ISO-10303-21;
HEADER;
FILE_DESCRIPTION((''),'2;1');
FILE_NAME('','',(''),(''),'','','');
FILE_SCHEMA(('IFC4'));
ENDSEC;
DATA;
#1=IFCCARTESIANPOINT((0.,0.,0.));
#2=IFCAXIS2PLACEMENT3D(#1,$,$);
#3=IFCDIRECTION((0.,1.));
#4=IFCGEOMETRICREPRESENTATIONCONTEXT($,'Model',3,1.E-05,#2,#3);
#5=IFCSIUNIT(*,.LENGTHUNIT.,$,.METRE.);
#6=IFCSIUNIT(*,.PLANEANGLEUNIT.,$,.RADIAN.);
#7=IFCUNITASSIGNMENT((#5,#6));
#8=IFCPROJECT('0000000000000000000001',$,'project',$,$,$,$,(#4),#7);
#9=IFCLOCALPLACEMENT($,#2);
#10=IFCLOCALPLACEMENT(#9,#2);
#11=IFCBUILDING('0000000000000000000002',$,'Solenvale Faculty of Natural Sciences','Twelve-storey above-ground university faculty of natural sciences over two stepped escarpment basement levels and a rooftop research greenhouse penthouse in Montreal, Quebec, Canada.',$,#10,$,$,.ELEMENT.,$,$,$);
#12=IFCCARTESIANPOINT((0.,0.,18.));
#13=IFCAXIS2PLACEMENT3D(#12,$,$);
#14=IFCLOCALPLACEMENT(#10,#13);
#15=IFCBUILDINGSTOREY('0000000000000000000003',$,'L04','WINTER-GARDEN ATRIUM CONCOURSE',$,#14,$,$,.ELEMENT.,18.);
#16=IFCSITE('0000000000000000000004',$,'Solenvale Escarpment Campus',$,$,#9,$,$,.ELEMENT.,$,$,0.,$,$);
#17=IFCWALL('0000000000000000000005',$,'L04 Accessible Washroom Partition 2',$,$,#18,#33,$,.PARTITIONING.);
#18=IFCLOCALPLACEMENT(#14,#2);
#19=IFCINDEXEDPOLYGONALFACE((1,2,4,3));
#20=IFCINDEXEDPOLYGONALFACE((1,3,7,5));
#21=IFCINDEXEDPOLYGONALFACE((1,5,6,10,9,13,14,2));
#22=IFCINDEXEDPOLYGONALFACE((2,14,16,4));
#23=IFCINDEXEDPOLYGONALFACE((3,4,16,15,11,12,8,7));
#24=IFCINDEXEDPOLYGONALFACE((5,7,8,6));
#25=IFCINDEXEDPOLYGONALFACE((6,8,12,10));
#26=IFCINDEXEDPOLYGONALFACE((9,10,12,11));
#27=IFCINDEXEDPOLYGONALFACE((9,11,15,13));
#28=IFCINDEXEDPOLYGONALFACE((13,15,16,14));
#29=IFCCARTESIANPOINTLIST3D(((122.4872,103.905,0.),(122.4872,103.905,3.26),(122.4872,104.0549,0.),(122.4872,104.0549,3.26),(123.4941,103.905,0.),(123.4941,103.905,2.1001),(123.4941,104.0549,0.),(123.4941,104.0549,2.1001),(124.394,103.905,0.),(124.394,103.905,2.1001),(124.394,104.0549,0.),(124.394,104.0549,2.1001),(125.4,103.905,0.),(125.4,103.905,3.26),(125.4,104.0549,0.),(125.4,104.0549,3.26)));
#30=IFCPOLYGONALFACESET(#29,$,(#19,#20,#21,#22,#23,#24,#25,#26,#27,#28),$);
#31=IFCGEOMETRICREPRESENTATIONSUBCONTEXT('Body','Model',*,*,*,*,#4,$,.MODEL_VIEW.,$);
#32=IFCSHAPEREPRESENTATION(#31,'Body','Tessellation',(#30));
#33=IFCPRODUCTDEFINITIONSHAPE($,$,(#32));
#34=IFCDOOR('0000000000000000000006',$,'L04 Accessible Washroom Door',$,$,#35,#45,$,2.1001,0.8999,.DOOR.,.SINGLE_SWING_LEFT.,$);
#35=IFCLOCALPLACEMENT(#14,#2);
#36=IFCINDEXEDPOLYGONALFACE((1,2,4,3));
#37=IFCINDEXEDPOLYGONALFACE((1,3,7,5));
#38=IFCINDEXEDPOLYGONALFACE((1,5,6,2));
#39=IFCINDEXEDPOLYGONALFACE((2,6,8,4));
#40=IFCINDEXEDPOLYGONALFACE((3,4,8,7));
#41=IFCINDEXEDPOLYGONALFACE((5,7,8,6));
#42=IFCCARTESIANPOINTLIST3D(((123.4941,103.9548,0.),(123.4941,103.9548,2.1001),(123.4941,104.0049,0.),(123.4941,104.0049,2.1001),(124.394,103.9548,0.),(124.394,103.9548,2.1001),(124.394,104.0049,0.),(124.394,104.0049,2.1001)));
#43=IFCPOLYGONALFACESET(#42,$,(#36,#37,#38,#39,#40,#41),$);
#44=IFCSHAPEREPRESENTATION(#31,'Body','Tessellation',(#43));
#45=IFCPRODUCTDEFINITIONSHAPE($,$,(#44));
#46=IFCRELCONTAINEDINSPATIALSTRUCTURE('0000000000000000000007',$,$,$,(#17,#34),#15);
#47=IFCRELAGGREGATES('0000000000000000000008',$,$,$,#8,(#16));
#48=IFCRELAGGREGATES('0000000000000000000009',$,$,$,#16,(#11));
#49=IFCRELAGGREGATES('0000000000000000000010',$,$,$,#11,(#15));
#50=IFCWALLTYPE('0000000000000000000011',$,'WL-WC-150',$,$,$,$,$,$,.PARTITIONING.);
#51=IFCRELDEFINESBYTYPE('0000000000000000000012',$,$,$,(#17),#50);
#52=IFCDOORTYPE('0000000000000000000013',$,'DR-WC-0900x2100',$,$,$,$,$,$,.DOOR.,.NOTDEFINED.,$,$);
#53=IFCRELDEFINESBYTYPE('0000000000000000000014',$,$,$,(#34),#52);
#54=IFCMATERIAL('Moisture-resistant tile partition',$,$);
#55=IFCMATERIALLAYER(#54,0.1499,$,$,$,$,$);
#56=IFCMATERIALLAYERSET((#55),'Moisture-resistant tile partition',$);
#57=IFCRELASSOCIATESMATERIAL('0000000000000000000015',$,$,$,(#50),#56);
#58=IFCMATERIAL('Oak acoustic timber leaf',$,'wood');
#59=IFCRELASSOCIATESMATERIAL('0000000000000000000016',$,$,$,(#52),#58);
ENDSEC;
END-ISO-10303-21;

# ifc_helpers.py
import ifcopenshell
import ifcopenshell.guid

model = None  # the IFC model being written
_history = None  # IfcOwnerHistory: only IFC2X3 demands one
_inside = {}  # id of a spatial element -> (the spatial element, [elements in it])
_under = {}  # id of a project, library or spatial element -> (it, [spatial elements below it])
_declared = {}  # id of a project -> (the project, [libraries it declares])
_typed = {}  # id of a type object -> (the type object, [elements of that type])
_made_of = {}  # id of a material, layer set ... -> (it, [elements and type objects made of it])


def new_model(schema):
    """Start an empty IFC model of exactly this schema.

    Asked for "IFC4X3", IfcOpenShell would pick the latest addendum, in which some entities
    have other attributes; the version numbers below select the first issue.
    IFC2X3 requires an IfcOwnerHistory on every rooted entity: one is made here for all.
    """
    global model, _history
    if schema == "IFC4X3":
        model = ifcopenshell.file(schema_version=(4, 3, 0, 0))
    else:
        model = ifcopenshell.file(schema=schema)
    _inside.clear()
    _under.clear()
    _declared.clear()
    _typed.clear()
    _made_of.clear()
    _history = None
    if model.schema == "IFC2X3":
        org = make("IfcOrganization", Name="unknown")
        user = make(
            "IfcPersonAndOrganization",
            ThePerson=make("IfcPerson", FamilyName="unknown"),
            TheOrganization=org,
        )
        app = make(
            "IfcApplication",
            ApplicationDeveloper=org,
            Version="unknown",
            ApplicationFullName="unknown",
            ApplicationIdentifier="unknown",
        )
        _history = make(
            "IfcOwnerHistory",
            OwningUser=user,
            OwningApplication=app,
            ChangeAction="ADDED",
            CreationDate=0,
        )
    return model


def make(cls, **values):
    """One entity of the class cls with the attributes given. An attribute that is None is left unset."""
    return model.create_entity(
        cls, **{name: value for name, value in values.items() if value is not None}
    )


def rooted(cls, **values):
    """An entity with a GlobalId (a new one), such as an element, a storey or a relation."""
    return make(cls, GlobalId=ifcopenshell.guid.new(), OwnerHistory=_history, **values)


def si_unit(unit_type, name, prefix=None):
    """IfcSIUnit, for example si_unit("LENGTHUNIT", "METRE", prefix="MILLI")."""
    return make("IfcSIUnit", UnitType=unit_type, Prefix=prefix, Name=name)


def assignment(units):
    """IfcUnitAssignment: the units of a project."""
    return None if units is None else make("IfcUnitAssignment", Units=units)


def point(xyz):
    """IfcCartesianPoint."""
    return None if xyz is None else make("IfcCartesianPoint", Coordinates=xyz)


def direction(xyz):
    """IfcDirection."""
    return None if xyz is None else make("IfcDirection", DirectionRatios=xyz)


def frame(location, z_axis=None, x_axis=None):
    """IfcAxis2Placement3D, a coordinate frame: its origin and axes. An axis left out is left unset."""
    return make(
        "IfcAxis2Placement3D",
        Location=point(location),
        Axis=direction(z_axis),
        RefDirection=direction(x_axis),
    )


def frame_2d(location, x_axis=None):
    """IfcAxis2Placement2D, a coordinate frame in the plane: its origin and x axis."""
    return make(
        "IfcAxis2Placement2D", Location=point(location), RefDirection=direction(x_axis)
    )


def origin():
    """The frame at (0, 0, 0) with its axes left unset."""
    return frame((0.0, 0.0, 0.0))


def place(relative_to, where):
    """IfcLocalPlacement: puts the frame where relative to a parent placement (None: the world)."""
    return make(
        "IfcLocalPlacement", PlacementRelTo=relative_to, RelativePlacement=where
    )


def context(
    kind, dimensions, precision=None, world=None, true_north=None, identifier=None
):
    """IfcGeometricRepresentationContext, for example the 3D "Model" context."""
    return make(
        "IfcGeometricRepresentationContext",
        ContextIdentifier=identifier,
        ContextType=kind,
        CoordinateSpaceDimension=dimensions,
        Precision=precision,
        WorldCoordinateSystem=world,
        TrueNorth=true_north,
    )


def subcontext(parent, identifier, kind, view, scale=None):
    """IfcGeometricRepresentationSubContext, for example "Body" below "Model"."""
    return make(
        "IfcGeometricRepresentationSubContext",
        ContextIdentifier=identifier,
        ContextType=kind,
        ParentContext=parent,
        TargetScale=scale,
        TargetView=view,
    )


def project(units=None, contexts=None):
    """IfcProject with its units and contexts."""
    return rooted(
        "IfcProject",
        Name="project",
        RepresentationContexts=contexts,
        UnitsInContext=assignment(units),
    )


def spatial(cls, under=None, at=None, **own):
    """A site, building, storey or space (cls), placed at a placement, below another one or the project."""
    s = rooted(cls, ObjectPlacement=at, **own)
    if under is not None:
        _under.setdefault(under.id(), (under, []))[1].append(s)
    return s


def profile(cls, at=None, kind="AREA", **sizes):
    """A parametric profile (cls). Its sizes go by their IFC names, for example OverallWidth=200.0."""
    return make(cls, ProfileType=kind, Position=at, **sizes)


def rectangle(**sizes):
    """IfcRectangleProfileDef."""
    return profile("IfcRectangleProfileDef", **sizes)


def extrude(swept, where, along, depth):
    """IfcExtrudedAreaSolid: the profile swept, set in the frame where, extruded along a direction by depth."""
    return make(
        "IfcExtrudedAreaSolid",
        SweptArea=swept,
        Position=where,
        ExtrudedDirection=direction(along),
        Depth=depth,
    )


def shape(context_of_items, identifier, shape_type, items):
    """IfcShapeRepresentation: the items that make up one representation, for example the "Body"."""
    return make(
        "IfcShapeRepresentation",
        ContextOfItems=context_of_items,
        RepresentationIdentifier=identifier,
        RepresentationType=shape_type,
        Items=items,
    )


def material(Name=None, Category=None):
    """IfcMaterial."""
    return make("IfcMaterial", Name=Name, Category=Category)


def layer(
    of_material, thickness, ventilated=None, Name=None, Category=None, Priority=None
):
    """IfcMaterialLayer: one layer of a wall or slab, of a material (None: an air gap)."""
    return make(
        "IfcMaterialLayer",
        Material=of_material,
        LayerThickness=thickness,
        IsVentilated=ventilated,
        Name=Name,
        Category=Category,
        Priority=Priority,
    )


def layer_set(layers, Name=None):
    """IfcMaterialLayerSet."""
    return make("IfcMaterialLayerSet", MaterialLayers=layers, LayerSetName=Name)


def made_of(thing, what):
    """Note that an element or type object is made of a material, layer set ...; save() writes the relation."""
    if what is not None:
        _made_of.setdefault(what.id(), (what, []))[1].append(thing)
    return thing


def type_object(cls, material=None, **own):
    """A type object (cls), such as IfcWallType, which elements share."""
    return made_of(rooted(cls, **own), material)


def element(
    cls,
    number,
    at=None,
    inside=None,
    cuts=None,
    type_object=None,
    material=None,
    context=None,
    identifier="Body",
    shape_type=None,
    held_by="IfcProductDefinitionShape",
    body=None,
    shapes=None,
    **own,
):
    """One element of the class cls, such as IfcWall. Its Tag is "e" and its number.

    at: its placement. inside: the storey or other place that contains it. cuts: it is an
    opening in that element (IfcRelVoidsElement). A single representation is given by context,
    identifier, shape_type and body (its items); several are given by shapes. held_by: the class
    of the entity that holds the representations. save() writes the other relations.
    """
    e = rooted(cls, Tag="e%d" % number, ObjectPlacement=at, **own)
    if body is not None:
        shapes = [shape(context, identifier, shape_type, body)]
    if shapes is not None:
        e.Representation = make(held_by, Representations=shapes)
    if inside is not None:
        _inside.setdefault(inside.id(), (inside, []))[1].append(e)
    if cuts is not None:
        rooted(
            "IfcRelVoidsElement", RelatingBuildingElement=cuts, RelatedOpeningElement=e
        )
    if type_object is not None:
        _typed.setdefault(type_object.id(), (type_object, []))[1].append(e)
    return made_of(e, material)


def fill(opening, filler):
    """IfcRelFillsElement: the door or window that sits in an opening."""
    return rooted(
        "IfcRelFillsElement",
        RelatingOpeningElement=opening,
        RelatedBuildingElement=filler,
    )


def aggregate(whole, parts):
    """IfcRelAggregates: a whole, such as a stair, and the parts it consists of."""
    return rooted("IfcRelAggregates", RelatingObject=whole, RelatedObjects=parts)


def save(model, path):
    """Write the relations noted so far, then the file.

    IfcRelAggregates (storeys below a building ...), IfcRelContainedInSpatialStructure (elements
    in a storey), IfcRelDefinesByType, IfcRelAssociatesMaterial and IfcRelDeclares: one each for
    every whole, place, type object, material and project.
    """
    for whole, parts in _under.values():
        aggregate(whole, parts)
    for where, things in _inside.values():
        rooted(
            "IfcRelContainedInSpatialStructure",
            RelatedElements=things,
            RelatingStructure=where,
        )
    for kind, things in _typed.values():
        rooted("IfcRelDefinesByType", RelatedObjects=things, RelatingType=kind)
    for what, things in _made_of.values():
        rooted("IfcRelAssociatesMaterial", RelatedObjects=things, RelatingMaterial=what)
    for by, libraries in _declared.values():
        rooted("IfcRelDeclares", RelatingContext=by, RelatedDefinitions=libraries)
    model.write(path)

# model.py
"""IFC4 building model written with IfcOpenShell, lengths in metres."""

from ifc_helpers import new_model, si_unit, direction, frame, frame_2d, origin, place, context, subcontext, project, spatial, rectangle, extrude, material, layer, layer_set, type_object, element, fill, save


model = new_model("IFC4")

# Units and contexts
model_context = context("Model", 3, precision=1e-05, world=origin(), true_north=direction((0.0, 1.0)))
body_context = subcontext(model_context, "Body", "Model", "MODEL_VIEW")
ifc_project = project(units=[si_unit("LENGTHUNIT", "METRE"), si_unit("PLANEANGLEUNIT", "RADIAN")], contexts=[model_context])

# Site, building, storey
site_placement = place(None, origin())
site = spatial("IfcSite", under=ifc_project, at=site_placement, Name="Solenvale Escarpment Campus", CompositionType="ELEMENT", RefElevation=0.0)
building_placement = place(site_placement, origin())
building = spatial("IfcBuilding", under=site, at=building_placement, Name="Solenvale Faculty of Natural Sciences", Description="Twelve-storey above-ground university faculty of natural sciences over two stepped escarpment basement levels and a rooftop research greenhouse penthouse in Montreal, Quebec, Canada.", CompositionType="ELEMENT")
storey_placement = place(building_placement, frame((0.0, 0.0, 18.0)))
storey = spatial("IfcBuildingStorey", under=building, at=storey_placement, Name="L04", Description="WINTER-GARDEN ATRIUM CONCOURSE", CompositionType="ELEMENT", Elevation=18.0)

# Wall, opening, door
ifc_material_1 = material(Name="Oak acoustic timber leaf", Category="wood")
ifc_material_2 = material(Name="Moisture-resistant tile partition")
ifc_layer_1 = layer(ifc_material_2, 0.1499)
ifc_layer_set_1 = layer_set([ifc_layer_1], Name="Moisture-resistant tile partition")
wall_type_1 = type_object("IfcWallType", Name="WL-WC-150", PredefinedType="PARTITIONING", material=ifc_layer_set_1)
wall_1_placement = place(storey_placement, frame((122.4871, 103.98, 0.0), z_axis=(0.0, 0.0, 1.0), x_axis=(1.0, 0.0, 0.0)))
wall_1 = element("IfcWall", 1, at=wall_1_placement, inside=storey, type_object=wall_type_1, Name="L04 Accessible Washroom Partition 2", PredefinedType="PARTITIONING", context=body_context, shape_type="SweptSolid", body=[
    extrude(rectangle(XDim=2.9128, YDim=0.1499, at=frame_2d((1.4565, 0.0))), origin(), (0.0, 0.0, 1.0), 3.26),
])
opening_1_placement = place(wall_1_placement, frame((1.0071, 0.0, 0.0)))
opening_1 = element("IfcOpeningElement", 2, at=opening_1_placement, cuts=wall_1, PredefinedType="OPENING", context=body_context, shape_type="SweptSolid", body=[
    extrude(rectangle(XDim=0.8999, YDim=2.1001, at=frame_2d((0.45, 1.05))), frame((0.0, 0.085, 0.0), z_axis=(0.0, -1.0, 0.0), x_axis=(1.0, 0.0, 0.0)), (0.0, 0.0, 1.0), 0.1699),
])
door_type_1 = type_object("IfcDoorType", Name="DR-WC-0900x2100", OperationType="NOTDEFINED", PredefinedType="DOOR", material=ifc_material_1)
door_1_placement = place(opening_1_placement, origin())
door_1 = element("IfcDoor", 3, at=door_1_placement, inside=storey, type_object=door_type_1, Name="L04 Accessible Washroom Door", OperationType="SINGLE_SWING_LEFT", OverallHeight=2.1001, OverallWidth=0.8999, PredefinedType="DOOR", context=body_context, shape_type="SweptSolid", body=[
    extrude(rectangle(XDim=0.8999, YDim=2.1001, at=frame_2d((0.45, 1.05))), frame((0.0, 0.0249, 0.0), z_axis=(0.0, -1.0, 0.0), x_axis=(1.0, 0.0, 0.0)), (0.0, 0.0, 1.0), 0.05),
])
fill(opening_1, door_1)

save(model, "model.ifc")
